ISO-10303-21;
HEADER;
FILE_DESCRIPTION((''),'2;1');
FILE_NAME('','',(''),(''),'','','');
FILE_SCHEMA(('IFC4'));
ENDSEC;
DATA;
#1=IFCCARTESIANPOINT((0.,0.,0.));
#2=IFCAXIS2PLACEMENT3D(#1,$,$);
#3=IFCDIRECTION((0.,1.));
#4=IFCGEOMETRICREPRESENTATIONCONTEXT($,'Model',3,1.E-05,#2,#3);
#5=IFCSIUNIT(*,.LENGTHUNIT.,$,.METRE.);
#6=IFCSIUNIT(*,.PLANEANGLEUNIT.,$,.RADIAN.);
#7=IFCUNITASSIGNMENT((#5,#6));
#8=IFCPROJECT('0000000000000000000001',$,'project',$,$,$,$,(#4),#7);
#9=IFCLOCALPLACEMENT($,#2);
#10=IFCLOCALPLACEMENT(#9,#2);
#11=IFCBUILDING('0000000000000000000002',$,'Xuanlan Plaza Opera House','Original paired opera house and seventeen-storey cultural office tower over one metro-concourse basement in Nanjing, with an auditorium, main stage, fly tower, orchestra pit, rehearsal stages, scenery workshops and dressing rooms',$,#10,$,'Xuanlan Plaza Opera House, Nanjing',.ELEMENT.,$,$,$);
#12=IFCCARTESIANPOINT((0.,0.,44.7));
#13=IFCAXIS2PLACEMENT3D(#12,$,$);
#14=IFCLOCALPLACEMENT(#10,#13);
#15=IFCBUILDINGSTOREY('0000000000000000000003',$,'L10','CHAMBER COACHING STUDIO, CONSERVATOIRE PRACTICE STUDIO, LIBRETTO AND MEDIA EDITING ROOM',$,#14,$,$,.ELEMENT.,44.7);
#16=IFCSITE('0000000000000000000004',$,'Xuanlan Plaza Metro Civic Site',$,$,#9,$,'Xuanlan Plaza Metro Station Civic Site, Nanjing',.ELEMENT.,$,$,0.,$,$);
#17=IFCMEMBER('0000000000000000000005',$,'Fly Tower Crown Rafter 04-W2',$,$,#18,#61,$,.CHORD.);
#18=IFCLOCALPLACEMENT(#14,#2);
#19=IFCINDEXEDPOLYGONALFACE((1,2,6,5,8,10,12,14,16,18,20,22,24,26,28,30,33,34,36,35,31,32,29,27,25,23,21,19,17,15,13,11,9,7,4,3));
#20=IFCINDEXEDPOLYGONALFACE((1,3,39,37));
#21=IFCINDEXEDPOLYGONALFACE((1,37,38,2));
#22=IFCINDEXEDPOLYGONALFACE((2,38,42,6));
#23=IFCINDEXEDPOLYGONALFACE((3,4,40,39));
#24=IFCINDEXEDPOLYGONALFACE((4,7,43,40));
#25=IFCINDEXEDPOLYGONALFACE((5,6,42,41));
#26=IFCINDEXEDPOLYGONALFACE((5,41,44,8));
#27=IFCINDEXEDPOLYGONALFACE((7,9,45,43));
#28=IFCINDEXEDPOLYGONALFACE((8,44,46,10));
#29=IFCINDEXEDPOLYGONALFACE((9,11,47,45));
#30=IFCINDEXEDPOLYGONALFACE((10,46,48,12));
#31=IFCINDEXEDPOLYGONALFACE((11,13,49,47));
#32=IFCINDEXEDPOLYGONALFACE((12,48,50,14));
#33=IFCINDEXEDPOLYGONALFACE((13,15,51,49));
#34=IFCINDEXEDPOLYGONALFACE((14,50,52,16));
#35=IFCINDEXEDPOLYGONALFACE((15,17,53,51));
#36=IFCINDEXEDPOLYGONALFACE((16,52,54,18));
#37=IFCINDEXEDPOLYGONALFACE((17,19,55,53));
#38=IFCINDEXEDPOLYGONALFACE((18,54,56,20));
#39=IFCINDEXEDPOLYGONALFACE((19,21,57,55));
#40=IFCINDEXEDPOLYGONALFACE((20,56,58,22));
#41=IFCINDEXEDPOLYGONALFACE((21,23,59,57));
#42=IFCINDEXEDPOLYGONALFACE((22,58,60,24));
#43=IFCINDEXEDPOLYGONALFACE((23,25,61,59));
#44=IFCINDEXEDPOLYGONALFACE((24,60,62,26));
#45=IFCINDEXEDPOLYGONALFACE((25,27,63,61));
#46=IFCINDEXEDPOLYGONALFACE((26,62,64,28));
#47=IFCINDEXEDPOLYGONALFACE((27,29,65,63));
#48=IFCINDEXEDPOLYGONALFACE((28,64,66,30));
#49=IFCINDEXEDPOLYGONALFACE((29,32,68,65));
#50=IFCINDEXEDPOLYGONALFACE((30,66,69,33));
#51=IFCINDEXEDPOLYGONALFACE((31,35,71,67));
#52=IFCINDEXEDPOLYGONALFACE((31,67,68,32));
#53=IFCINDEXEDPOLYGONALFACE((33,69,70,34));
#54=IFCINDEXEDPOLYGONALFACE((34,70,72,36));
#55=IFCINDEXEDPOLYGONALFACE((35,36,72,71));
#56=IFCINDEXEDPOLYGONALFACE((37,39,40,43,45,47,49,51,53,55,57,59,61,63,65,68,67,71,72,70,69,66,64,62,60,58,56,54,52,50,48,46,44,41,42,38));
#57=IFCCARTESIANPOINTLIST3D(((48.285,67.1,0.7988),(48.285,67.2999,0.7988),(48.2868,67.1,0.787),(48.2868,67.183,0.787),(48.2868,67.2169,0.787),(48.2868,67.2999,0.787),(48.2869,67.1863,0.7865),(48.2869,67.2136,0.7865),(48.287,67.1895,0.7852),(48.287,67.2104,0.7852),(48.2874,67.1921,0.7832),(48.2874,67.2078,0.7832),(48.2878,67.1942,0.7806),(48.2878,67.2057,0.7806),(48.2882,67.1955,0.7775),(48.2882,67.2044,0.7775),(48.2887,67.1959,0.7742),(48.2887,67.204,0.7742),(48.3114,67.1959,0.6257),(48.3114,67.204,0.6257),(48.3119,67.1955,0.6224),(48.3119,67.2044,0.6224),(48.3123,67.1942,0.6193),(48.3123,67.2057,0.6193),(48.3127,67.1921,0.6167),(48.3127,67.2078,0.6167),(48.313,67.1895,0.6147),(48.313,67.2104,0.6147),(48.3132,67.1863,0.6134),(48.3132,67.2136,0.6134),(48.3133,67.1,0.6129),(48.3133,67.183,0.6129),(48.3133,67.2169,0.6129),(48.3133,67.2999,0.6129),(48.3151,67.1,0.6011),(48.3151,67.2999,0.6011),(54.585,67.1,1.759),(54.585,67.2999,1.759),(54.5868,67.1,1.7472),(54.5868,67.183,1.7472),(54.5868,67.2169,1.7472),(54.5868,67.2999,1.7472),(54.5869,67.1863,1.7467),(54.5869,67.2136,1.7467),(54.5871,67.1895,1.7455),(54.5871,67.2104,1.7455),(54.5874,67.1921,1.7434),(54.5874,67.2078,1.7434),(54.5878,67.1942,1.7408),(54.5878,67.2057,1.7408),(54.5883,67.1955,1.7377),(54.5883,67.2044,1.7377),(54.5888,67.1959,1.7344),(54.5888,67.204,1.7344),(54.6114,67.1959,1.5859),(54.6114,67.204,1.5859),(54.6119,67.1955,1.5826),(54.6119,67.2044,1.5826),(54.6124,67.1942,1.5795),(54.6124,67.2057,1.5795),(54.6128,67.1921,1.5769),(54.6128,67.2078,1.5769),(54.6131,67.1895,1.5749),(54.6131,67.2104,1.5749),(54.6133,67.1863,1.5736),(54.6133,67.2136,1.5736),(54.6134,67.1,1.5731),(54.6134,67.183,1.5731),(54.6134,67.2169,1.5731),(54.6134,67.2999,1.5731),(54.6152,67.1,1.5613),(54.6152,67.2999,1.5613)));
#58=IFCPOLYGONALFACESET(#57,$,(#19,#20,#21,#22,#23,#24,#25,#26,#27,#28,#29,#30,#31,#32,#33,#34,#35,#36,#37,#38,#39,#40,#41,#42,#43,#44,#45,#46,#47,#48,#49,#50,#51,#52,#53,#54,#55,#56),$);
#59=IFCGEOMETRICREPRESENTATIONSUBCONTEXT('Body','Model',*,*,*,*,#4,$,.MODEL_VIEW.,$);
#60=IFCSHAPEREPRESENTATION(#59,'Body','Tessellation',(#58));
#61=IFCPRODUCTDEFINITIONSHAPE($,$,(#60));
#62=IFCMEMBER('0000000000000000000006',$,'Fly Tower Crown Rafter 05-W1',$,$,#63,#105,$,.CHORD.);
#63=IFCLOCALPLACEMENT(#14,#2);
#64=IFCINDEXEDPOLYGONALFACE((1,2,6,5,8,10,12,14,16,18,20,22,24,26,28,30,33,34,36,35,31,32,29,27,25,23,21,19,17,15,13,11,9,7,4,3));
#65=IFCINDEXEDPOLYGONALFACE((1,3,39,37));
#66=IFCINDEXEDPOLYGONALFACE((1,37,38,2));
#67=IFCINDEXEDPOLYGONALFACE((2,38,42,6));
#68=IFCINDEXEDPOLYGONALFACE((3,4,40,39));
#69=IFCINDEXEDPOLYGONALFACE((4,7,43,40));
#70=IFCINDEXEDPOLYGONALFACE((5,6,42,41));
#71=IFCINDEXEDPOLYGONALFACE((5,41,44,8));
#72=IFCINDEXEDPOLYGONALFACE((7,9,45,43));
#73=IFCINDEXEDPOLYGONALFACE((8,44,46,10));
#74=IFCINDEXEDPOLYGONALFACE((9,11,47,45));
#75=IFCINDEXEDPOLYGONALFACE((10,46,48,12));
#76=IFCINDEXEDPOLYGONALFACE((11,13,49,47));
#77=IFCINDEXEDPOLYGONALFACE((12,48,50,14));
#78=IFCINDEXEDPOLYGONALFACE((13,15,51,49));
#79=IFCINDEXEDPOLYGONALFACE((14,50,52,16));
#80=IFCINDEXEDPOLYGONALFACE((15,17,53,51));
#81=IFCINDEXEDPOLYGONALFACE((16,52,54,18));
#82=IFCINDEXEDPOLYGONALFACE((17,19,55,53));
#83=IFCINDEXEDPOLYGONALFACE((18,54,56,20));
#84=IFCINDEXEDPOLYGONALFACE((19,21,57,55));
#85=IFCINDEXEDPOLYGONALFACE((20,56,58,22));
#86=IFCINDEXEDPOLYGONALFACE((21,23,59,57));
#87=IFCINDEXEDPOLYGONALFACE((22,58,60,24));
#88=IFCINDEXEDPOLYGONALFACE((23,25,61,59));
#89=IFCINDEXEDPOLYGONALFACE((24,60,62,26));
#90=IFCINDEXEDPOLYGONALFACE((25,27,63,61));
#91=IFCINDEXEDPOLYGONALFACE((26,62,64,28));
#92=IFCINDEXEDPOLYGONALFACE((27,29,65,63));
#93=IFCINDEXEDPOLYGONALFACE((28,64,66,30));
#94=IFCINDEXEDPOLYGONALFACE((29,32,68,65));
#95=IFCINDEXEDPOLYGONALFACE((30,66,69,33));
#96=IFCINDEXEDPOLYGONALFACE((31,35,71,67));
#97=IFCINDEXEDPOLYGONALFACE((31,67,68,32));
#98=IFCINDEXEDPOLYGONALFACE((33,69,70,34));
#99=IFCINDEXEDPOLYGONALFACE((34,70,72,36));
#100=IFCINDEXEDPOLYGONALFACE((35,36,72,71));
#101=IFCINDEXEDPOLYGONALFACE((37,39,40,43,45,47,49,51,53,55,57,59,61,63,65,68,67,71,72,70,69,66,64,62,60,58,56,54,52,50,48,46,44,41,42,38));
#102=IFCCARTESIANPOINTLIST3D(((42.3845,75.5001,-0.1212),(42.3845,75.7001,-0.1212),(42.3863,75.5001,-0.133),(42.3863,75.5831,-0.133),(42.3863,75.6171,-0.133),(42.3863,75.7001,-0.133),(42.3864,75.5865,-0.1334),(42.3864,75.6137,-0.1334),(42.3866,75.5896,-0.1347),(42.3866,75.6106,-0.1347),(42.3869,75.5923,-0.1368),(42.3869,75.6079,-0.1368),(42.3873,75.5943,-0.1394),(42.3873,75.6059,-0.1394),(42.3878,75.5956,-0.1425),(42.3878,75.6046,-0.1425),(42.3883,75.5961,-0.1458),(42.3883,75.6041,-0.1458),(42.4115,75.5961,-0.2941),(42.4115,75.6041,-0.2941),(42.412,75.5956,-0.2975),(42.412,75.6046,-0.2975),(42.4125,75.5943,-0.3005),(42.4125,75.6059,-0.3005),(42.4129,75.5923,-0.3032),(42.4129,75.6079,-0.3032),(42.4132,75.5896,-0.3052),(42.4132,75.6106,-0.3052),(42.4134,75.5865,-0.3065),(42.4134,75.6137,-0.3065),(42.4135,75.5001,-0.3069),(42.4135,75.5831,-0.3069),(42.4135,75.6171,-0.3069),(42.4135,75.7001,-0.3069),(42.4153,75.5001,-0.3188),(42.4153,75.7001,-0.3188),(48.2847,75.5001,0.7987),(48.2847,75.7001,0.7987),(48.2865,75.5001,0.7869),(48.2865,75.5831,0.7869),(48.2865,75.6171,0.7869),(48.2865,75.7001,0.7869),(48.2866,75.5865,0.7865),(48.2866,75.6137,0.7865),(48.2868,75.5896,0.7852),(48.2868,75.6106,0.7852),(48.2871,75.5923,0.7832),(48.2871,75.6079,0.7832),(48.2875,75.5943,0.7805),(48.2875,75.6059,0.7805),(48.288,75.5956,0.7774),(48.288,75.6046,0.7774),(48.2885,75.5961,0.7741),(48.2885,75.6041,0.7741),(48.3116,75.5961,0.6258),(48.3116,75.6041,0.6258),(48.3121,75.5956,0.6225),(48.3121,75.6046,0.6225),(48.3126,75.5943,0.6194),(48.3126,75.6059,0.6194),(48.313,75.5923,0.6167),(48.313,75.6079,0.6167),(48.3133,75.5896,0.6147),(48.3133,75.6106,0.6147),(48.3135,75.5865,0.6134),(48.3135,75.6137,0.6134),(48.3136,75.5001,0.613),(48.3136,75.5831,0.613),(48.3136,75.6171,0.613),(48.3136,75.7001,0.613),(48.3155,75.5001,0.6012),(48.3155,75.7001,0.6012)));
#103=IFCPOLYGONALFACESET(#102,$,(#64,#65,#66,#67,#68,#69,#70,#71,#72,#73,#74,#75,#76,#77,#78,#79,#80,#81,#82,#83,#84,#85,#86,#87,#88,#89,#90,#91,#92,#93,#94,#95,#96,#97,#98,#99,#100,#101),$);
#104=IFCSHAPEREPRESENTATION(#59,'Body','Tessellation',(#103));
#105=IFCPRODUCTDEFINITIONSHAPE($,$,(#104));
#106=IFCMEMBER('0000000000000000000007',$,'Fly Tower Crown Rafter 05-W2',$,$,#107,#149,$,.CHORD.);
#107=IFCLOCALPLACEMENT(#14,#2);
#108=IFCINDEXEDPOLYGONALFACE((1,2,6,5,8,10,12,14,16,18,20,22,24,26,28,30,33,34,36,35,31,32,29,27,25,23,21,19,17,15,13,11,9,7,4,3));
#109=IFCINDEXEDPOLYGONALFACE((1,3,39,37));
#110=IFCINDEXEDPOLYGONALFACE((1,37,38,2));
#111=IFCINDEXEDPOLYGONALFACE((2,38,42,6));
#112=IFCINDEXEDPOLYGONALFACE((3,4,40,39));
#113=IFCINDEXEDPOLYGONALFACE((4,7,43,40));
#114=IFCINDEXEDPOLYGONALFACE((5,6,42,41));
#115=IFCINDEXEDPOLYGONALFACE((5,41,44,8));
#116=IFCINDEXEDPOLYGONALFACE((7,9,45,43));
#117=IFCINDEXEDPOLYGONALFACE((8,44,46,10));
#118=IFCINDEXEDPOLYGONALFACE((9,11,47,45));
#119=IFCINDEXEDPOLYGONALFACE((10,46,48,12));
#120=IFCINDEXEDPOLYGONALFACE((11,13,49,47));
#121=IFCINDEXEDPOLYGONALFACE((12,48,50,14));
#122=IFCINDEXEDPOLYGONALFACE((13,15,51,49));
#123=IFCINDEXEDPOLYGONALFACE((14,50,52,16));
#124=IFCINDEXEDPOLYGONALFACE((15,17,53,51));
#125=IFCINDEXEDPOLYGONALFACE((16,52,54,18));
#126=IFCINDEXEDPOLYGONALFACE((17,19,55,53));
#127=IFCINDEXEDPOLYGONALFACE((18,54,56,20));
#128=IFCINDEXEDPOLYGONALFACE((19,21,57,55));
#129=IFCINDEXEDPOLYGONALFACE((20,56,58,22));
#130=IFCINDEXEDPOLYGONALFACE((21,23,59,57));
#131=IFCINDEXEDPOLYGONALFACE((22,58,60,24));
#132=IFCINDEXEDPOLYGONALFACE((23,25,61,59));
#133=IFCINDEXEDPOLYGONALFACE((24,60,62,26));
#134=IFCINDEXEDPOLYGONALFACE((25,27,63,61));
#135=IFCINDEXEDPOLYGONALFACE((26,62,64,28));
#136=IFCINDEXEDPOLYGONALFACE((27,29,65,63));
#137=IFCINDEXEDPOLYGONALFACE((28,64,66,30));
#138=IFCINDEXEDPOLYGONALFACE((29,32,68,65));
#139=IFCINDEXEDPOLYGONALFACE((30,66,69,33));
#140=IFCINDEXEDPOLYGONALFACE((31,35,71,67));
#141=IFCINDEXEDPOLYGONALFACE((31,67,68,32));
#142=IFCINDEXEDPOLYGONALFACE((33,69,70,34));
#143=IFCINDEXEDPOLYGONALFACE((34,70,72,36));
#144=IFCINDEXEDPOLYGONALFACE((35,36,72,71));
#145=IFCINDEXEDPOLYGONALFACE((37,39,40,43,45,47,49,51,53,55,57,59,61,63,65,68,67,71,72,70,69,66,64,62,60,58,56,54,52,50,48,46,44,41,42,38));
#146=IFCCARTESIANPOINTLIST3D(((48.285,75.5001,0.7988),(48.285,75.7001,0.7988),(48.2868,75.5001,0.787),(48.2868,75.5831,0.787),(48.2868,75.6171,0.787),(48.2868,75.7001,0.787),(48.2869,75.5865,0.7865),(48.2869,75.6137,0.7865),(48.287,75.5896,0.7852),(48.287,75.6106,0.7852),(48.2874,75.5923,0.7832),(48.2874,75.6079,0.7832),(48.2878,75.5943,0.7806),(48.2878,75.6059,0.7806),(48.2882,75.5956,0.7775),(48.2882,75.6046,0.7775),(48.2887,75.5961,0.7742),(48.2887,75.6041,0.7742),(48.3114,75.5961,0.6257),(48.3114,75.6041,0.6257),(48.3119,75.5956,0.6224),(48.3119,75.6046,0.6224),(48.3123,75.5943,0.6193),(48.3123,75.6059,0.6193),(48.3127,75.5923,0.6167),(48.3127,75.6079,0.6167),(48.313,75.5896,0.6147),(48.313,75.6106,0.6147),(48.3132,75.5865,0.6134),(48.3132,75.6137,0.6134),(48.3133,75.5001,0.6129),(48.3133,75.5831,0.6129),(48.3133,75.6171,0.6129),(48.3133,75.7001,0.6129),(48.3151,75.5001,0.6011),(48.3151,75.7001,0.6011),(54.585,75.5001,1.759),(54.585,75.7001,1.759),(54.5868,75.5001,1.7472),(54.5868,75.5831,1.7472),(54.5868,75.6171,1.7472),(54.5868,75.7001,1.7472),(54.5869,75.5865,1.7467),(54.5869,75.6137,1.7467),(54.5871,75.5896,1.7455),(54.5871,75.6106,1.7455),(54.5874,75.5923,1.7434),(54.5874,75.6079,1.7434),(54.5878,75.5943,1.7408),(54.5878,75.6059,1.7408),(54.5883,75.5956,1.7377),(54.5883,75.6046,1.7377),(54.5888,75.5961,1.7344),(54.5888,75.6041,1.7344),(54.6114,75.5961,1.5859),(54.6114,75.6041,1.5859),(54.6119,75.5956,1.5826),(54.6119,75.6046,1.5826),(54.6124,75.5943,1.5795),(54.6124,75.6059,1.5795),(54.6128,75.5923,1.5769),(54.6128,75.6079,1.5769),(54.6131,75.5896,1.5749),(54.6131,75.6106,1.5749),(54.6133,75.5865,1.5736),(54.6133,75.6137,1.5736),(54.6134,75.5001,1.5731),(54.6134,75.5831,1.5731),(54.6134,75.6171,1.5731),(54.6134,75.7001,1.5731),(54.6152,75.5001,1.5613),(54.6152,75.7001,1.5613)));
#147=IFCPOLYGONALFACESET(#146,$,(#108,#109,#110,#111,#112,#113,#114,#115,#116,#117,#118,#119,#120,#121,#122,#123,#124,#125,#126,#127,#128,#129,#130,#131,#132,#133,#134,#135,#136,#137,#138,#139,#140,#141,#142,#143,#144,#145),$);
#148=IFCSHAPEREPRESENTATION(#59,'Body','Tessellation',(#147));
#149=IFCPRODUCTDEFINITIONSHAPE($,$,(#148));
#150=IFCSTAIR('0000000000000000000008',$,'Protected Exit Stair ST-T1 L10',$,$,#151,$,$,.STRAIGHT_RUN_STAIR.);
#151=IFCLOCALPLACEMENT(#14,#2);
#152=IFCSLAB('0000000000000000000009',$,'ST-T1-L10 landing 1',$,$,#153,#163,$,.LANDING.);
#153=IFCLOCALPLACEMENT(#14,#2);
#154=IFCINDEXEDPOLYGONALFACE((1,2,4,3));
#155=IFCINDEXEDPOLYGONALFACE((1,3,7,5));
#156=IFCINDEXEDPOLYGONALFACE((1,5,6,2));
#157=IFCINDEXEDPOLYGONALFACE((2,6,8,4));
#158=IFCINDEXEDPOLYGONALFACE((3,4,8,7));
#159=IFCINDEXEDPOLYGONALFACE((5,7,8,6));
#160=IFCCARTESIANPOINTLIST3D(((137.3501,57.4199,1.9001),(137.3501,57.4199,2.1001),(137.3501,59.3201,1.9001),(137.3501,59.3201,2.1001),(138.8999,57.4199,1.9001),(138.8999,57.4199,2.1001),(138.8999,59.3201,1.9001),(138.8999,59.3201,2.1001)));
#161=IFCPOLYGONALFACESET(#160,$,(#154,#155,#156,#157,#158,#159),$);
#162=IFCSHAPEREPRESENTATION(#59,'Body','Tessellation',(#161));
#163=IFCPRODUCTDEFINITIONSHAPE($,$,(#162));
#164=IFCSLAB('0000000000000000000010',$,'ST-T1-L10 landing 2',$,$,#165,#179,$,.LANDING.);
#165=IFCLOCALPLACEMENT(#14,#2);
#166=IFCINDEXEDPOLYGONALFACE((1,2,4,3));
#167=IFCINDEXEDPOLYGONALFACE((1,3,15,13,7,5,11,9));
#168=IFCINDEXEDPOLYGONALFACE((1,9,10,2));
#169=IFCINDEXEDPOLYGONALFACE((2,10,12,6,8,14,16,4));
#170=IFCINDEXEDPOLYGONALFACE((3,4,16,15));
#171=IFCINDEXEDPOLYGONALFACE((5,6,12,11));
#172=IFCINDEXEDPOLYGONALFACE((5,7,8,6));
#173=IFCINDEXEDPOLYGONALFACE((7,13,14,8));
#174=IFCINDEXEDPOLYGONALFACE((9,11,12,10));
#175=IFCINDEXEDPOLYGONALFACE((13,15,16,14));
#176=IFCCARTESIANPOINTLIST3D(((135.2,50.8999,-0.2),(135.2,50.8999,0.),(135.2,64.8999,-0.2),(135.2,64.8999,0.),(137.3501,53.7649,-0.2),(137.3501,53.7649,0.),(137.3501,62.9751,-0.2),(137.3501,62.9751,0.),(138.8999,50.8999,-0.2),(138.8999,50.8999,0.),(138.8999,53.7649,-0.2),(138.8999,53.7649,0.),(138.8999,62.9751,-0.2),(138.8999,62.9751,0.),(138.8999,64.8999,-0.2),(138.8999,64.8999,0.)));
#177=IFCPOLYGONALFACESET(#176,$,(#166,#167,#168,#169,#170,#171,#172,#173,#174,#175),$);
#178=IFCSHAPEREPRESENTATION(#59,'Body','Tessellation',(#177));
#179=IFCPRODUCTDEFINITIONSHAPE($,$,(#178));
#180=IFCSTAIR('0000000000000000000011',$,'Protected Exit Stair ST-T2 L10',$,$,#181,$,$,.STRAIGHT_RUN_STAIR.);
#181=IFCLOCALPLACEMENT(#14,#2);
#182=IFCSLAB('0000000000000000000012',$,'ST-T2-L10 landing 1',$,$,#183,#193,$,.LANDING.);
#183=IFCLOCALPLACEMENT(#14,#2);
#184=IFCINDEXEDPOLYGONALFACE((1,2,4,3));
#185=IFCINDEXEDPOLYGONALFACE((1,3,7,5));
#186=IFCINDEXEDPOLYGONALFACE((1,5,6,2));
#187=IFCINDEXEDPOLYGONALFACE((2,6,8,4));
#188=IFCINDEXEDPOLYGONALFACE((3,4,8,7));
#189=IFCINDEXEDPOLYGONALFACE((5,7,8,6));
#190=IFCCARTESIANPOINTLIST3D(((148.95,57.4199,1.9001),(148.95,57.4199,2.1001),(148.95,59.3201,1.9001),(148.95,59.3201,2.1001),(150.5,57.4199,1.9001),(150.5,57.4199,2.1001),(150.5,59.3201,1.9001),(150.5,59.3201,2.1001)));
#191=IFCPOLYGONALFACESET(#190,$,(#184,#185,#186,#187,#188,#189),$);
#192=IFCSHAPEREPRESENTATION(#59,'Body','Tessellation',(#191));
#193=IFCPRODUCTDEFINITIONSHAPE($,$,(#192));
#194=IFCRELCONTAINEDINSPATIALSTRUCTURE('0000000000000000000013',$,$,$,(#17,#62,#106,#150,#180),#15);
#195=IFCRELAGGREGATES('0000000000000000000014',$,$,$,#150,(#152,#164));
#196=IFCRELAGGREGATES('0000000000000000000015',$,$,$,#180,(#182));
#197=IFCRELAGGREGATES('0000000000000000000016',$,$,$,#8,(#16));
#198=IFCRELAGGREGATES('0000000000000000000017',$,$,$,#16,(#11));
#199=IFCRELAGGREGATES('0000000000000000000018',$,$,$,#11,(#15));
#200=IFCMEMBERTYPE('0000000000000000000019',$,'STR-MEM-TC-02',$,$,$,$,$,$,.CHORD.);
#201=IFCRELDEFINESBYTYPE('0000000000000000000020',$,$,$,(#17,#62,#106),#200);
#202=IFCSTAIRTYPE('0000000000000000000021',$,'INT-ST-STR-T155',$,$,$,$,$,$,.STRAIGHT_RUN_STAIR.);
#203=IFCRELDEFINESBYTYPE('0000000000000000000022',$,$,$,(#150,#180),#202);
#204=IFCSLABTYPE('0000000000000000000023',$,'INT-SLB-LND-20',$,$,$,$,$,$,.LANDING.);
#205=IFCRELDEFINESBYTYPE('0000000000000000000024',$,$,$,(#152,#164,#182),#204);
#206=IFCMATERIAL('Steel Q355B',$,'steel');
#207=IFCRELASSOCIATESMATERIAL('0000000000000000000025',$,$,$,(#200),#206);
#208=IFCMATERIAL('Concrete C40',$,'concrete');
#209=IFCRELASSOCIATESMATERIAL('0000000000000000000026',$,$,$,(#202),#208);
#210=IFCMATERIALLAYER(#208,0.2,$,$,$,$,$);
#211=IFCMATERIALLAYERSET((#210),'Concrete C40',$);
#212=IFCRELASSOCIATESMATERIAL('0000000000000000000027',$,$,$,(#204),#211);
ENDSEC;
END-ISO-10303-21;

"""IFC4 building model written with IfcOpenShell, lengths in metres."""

from ifc_helpers import new_model, si_unit, direction, frame, origin, origin_2d, place, context, subcontext, project, spatial, polyline, i_section, outline, extrude, material, layer, layer_set, material_profile, profile_set, type_object, element, aggregate, save


model = new_model("IFC4")

# Units and contexts
model_context = context("Model", 3, precision=1e-05, world=origin(), true_north=direction((0.0, 1.0)))
body_context = subcontext(model_context, "Body", "Model", "MODEL_VIEW")
ifc_project = project(units=[si_unit("LENGTHUNIT", "METRE"), si_unit("PLANEANGLEUNIT", "RADIAN")], contexts=[model_context])

# Site, building, storey
site_placement = place(None, origin())
site = spatial("IfcSite", under=ifc_project, at=site_placement, Name="Xuanlan Plaza Metro Civic Site", LongName="Xuanlan Plaza Metro Station Civic Site, Nanjing", CompositionType="ELEMENT", RefElevation=0.0)
building_placement = place(site_placement, origin())
building = spatial("IfcBuilding", under=site, at=building_placement, Name="Xuanlan Plaza Opera House", Description="Original paired opera house and seventeen-storey cultural office tower over one metro-concourse basement in Nanjing, with an auditorium, main stage, fly tower, orchestra pit, rehearsal stages, scenery workshops and dressing rooms", LongName="Xuanlan Plaza Opera House, Nanjing", CompositionType="ELEMENT")
storey_placement = place(building_placement, frame((0.0, 0.0, 44.7)))
storey = spatial("IfcBuildingStorey", under=building, at=storey_placement, Name="L10", Description="CHAMBER COACHING STUDIO, CONSERVATOIRE PRACTICE STUDIO, LIBRETTO AND MEDIA EDITING ROOM", CompositionType="ELEMENT", Elevation=44.7)

# Members
ifc_material_1 = material(Name="Steel Q355B", Category="steel")
ifc_material_profile_1 = material_profile(ifc_material_1, i_section(OverallWidth=0.2, OverallDepth=0.2, WebThickness=0.0081, FlangeThickness=0.012, FilletRadius=0.0129, at=origin_2d()), Name="HW 200x200x8x12")
ifc_profile_set_1 = profile_set([ifc_material_profile_1], Name="Steel Q355B")
member_type_1 = type_object("IfcMemberType", Name="STR-MEM-TC-02", PredefinedType="CHORD", material=ifc_profile_set_1)
member_1_placement = place(storey_placement, frame((48.3, 67.2, 0.7), z_axis=(0.988584, 0.0, 0.150672), x_axis=(0.0, 1.0, 0.0)))
element("IfcMember", 1, at=member_1_placement, inside=storey, type_object=member_type_1, Name="Fly Tower Crown Rafter 04-W2", PredefinedType="CHORD", context=body_context, shape_type="SweptSolid", body=[
    extrude(i_section(OverallWidth=0.2, OverallDepth=0.2, WebThickness=0.0081, FlangeThickness=0.012, FilletRadius=0.0129, at=origin_2d()), origin(), (0.0, 0.0, 1.0), 6.3728),
])
member_2_placement = place(storey_placement, frame((42.3999, 75.6001, -0.22), z_axis=(0.988062, 0.0, 0.154054), x_axis=(0.0, 1.0, 0.0)))
element("IfcMember", 2, at=member_2_placement, inside=storey, type_object=member_type_1, Name="Fly Tower Crown Rafter 05-W1", PredefinedType="CHORD", context=body_context, shape_type="SweptSolid", body=[
    extrude(i_section(OverallWidth=0.2, OverallDepth=0.2, WebThickness=0.0081, FlangeThickness=0.012, FilletRadius=0.0129, at=origin_2d()), origin(), (0.0, 0.0, 1.0), 5.9714),
])
member_3_placement = place(storey_placement, frame((48.3, 75.6001, 0.7), z_axis=(0.988584, 0.0, 0.150672), x_axis=(0.0, 1.0, 0.0)))
element("IfcMember", 3, at=member_3_placement, inside=storey, type_object=member_type_1, Name="Fly Tower Crown Rafter 05-W2", PredefinedType="CHORD", context=body_context, shape_type="SweptSolid", body=[
    extrude(i_section(OverallWidth=0.2, OverallDepth=0.2, WebThickness=0.0081, FlangeThickness=0.012, FilletRadius=0.0129, at=origin_2d()), origin(), (0.0, 0.0, 1.0), 6.3728),
])

# Stairs, slabs
ifc_material_2 = material(Name="Concrete C40", Category="concrete")
stair_type = type_object("IfcStairType", Name="INT-ST-STR-T155", PredefinedType="STRAIGHT_RUN_STAIR", material=ifc_material_2)
stair_1_placement = place(storey_placement, origin())
stair_1 = element("IfcStair", 4, at=stair_1_placement, inside=storey, type_object=stair_type, Name="Protected Exit Stair ST-T1 L10", PredefinedType="STRAIGHT_RUN_STAIR")
ifc_layer_1 = layer(ifc_material_2, 0.2)
ifc_layer_set_1 = layer_set([ifc_layer_1], Name="Concrete C40")
slab_type_1 = type_object("IfcSlabType", Name="INT-SLB-LND-20", PredefinedType="LANDING", material=ifc_layer_set_1)
slab_1_placement = place(storey_placement, frame((0.0, 0.0, 1.9001)))
slab_1 = element("IfcSlab", 5, at=slab_1_placement, type_object=slab_type_1, Name="ST-T1-L10 landing 1", PredefinedType="LANDING", context=body_context, shape_type="SweptSolid", body=[
    extrude(outline(polyline([(137.3501, 57.4199), (138.8999, 57.4199), (138.8999, 59.3201), (137.3501, 59.3201), (137.3501, 57.4199)])), origin(), (0.0, 0.0, 1.0), 0.2),
])
slab_2_placement = place(storey_placement, frame((0.0, 0.0, -0.2)))
slab_2 = element("IfcSlab", 6, at=slab_2_placement, type_object=slab_type_1, Name="ST-T1-L10 landing 2", PredefinedType="LANDING", context=body_context, shape_type="SweptSolid", body=[
    extrude(outline(polyline([(135.2, 50.8999), (138.8999, 50.8999), (138.8999, 53.7649), (137.3501, 53.7649), (137.3501, 62.9751), (138.8999, 62.9751), (138.8999, 64.8999), (135.2, 64.8999), (135.2, 50.8999)])), origin(), (0.0, 0.0, 1.0), 0.2),
])
aggregate(stair_1, [slab_1, slab_2])
stair_2_placement = place(storey_placement, origin())
stair_2 = element("IfcStair", 7, at=stair_2_placement, inside=storey, type_object=stair_type, Name="Protected Exit Stair ST-T2 L10", PredefinedType="STRAIGHT_RUN_STAIR")
slab_3_placement = place(storey_placement, frame((0.0, 0.0, 1.9001)))
slab_3 = element("IfcSlab", 8, at=slab_3_placement, type_object=slab_type_1, Name="ST-T2-L10 landing 1", PredefinedType="LANDING", context=body_context, shape_type="SweptSolid", body=[
    extrude(outline(polyline([(148.95, 57.4199), (150.5, 57.4199), (150.5, 59.3201), (148.95, 59.3201), (148.95, 57.4199)])), origin(), (0.0, 0.0, 1.0), 0.2),
])
aggregate(stair_2, [slab_3])

save(model, "model.ifc")
